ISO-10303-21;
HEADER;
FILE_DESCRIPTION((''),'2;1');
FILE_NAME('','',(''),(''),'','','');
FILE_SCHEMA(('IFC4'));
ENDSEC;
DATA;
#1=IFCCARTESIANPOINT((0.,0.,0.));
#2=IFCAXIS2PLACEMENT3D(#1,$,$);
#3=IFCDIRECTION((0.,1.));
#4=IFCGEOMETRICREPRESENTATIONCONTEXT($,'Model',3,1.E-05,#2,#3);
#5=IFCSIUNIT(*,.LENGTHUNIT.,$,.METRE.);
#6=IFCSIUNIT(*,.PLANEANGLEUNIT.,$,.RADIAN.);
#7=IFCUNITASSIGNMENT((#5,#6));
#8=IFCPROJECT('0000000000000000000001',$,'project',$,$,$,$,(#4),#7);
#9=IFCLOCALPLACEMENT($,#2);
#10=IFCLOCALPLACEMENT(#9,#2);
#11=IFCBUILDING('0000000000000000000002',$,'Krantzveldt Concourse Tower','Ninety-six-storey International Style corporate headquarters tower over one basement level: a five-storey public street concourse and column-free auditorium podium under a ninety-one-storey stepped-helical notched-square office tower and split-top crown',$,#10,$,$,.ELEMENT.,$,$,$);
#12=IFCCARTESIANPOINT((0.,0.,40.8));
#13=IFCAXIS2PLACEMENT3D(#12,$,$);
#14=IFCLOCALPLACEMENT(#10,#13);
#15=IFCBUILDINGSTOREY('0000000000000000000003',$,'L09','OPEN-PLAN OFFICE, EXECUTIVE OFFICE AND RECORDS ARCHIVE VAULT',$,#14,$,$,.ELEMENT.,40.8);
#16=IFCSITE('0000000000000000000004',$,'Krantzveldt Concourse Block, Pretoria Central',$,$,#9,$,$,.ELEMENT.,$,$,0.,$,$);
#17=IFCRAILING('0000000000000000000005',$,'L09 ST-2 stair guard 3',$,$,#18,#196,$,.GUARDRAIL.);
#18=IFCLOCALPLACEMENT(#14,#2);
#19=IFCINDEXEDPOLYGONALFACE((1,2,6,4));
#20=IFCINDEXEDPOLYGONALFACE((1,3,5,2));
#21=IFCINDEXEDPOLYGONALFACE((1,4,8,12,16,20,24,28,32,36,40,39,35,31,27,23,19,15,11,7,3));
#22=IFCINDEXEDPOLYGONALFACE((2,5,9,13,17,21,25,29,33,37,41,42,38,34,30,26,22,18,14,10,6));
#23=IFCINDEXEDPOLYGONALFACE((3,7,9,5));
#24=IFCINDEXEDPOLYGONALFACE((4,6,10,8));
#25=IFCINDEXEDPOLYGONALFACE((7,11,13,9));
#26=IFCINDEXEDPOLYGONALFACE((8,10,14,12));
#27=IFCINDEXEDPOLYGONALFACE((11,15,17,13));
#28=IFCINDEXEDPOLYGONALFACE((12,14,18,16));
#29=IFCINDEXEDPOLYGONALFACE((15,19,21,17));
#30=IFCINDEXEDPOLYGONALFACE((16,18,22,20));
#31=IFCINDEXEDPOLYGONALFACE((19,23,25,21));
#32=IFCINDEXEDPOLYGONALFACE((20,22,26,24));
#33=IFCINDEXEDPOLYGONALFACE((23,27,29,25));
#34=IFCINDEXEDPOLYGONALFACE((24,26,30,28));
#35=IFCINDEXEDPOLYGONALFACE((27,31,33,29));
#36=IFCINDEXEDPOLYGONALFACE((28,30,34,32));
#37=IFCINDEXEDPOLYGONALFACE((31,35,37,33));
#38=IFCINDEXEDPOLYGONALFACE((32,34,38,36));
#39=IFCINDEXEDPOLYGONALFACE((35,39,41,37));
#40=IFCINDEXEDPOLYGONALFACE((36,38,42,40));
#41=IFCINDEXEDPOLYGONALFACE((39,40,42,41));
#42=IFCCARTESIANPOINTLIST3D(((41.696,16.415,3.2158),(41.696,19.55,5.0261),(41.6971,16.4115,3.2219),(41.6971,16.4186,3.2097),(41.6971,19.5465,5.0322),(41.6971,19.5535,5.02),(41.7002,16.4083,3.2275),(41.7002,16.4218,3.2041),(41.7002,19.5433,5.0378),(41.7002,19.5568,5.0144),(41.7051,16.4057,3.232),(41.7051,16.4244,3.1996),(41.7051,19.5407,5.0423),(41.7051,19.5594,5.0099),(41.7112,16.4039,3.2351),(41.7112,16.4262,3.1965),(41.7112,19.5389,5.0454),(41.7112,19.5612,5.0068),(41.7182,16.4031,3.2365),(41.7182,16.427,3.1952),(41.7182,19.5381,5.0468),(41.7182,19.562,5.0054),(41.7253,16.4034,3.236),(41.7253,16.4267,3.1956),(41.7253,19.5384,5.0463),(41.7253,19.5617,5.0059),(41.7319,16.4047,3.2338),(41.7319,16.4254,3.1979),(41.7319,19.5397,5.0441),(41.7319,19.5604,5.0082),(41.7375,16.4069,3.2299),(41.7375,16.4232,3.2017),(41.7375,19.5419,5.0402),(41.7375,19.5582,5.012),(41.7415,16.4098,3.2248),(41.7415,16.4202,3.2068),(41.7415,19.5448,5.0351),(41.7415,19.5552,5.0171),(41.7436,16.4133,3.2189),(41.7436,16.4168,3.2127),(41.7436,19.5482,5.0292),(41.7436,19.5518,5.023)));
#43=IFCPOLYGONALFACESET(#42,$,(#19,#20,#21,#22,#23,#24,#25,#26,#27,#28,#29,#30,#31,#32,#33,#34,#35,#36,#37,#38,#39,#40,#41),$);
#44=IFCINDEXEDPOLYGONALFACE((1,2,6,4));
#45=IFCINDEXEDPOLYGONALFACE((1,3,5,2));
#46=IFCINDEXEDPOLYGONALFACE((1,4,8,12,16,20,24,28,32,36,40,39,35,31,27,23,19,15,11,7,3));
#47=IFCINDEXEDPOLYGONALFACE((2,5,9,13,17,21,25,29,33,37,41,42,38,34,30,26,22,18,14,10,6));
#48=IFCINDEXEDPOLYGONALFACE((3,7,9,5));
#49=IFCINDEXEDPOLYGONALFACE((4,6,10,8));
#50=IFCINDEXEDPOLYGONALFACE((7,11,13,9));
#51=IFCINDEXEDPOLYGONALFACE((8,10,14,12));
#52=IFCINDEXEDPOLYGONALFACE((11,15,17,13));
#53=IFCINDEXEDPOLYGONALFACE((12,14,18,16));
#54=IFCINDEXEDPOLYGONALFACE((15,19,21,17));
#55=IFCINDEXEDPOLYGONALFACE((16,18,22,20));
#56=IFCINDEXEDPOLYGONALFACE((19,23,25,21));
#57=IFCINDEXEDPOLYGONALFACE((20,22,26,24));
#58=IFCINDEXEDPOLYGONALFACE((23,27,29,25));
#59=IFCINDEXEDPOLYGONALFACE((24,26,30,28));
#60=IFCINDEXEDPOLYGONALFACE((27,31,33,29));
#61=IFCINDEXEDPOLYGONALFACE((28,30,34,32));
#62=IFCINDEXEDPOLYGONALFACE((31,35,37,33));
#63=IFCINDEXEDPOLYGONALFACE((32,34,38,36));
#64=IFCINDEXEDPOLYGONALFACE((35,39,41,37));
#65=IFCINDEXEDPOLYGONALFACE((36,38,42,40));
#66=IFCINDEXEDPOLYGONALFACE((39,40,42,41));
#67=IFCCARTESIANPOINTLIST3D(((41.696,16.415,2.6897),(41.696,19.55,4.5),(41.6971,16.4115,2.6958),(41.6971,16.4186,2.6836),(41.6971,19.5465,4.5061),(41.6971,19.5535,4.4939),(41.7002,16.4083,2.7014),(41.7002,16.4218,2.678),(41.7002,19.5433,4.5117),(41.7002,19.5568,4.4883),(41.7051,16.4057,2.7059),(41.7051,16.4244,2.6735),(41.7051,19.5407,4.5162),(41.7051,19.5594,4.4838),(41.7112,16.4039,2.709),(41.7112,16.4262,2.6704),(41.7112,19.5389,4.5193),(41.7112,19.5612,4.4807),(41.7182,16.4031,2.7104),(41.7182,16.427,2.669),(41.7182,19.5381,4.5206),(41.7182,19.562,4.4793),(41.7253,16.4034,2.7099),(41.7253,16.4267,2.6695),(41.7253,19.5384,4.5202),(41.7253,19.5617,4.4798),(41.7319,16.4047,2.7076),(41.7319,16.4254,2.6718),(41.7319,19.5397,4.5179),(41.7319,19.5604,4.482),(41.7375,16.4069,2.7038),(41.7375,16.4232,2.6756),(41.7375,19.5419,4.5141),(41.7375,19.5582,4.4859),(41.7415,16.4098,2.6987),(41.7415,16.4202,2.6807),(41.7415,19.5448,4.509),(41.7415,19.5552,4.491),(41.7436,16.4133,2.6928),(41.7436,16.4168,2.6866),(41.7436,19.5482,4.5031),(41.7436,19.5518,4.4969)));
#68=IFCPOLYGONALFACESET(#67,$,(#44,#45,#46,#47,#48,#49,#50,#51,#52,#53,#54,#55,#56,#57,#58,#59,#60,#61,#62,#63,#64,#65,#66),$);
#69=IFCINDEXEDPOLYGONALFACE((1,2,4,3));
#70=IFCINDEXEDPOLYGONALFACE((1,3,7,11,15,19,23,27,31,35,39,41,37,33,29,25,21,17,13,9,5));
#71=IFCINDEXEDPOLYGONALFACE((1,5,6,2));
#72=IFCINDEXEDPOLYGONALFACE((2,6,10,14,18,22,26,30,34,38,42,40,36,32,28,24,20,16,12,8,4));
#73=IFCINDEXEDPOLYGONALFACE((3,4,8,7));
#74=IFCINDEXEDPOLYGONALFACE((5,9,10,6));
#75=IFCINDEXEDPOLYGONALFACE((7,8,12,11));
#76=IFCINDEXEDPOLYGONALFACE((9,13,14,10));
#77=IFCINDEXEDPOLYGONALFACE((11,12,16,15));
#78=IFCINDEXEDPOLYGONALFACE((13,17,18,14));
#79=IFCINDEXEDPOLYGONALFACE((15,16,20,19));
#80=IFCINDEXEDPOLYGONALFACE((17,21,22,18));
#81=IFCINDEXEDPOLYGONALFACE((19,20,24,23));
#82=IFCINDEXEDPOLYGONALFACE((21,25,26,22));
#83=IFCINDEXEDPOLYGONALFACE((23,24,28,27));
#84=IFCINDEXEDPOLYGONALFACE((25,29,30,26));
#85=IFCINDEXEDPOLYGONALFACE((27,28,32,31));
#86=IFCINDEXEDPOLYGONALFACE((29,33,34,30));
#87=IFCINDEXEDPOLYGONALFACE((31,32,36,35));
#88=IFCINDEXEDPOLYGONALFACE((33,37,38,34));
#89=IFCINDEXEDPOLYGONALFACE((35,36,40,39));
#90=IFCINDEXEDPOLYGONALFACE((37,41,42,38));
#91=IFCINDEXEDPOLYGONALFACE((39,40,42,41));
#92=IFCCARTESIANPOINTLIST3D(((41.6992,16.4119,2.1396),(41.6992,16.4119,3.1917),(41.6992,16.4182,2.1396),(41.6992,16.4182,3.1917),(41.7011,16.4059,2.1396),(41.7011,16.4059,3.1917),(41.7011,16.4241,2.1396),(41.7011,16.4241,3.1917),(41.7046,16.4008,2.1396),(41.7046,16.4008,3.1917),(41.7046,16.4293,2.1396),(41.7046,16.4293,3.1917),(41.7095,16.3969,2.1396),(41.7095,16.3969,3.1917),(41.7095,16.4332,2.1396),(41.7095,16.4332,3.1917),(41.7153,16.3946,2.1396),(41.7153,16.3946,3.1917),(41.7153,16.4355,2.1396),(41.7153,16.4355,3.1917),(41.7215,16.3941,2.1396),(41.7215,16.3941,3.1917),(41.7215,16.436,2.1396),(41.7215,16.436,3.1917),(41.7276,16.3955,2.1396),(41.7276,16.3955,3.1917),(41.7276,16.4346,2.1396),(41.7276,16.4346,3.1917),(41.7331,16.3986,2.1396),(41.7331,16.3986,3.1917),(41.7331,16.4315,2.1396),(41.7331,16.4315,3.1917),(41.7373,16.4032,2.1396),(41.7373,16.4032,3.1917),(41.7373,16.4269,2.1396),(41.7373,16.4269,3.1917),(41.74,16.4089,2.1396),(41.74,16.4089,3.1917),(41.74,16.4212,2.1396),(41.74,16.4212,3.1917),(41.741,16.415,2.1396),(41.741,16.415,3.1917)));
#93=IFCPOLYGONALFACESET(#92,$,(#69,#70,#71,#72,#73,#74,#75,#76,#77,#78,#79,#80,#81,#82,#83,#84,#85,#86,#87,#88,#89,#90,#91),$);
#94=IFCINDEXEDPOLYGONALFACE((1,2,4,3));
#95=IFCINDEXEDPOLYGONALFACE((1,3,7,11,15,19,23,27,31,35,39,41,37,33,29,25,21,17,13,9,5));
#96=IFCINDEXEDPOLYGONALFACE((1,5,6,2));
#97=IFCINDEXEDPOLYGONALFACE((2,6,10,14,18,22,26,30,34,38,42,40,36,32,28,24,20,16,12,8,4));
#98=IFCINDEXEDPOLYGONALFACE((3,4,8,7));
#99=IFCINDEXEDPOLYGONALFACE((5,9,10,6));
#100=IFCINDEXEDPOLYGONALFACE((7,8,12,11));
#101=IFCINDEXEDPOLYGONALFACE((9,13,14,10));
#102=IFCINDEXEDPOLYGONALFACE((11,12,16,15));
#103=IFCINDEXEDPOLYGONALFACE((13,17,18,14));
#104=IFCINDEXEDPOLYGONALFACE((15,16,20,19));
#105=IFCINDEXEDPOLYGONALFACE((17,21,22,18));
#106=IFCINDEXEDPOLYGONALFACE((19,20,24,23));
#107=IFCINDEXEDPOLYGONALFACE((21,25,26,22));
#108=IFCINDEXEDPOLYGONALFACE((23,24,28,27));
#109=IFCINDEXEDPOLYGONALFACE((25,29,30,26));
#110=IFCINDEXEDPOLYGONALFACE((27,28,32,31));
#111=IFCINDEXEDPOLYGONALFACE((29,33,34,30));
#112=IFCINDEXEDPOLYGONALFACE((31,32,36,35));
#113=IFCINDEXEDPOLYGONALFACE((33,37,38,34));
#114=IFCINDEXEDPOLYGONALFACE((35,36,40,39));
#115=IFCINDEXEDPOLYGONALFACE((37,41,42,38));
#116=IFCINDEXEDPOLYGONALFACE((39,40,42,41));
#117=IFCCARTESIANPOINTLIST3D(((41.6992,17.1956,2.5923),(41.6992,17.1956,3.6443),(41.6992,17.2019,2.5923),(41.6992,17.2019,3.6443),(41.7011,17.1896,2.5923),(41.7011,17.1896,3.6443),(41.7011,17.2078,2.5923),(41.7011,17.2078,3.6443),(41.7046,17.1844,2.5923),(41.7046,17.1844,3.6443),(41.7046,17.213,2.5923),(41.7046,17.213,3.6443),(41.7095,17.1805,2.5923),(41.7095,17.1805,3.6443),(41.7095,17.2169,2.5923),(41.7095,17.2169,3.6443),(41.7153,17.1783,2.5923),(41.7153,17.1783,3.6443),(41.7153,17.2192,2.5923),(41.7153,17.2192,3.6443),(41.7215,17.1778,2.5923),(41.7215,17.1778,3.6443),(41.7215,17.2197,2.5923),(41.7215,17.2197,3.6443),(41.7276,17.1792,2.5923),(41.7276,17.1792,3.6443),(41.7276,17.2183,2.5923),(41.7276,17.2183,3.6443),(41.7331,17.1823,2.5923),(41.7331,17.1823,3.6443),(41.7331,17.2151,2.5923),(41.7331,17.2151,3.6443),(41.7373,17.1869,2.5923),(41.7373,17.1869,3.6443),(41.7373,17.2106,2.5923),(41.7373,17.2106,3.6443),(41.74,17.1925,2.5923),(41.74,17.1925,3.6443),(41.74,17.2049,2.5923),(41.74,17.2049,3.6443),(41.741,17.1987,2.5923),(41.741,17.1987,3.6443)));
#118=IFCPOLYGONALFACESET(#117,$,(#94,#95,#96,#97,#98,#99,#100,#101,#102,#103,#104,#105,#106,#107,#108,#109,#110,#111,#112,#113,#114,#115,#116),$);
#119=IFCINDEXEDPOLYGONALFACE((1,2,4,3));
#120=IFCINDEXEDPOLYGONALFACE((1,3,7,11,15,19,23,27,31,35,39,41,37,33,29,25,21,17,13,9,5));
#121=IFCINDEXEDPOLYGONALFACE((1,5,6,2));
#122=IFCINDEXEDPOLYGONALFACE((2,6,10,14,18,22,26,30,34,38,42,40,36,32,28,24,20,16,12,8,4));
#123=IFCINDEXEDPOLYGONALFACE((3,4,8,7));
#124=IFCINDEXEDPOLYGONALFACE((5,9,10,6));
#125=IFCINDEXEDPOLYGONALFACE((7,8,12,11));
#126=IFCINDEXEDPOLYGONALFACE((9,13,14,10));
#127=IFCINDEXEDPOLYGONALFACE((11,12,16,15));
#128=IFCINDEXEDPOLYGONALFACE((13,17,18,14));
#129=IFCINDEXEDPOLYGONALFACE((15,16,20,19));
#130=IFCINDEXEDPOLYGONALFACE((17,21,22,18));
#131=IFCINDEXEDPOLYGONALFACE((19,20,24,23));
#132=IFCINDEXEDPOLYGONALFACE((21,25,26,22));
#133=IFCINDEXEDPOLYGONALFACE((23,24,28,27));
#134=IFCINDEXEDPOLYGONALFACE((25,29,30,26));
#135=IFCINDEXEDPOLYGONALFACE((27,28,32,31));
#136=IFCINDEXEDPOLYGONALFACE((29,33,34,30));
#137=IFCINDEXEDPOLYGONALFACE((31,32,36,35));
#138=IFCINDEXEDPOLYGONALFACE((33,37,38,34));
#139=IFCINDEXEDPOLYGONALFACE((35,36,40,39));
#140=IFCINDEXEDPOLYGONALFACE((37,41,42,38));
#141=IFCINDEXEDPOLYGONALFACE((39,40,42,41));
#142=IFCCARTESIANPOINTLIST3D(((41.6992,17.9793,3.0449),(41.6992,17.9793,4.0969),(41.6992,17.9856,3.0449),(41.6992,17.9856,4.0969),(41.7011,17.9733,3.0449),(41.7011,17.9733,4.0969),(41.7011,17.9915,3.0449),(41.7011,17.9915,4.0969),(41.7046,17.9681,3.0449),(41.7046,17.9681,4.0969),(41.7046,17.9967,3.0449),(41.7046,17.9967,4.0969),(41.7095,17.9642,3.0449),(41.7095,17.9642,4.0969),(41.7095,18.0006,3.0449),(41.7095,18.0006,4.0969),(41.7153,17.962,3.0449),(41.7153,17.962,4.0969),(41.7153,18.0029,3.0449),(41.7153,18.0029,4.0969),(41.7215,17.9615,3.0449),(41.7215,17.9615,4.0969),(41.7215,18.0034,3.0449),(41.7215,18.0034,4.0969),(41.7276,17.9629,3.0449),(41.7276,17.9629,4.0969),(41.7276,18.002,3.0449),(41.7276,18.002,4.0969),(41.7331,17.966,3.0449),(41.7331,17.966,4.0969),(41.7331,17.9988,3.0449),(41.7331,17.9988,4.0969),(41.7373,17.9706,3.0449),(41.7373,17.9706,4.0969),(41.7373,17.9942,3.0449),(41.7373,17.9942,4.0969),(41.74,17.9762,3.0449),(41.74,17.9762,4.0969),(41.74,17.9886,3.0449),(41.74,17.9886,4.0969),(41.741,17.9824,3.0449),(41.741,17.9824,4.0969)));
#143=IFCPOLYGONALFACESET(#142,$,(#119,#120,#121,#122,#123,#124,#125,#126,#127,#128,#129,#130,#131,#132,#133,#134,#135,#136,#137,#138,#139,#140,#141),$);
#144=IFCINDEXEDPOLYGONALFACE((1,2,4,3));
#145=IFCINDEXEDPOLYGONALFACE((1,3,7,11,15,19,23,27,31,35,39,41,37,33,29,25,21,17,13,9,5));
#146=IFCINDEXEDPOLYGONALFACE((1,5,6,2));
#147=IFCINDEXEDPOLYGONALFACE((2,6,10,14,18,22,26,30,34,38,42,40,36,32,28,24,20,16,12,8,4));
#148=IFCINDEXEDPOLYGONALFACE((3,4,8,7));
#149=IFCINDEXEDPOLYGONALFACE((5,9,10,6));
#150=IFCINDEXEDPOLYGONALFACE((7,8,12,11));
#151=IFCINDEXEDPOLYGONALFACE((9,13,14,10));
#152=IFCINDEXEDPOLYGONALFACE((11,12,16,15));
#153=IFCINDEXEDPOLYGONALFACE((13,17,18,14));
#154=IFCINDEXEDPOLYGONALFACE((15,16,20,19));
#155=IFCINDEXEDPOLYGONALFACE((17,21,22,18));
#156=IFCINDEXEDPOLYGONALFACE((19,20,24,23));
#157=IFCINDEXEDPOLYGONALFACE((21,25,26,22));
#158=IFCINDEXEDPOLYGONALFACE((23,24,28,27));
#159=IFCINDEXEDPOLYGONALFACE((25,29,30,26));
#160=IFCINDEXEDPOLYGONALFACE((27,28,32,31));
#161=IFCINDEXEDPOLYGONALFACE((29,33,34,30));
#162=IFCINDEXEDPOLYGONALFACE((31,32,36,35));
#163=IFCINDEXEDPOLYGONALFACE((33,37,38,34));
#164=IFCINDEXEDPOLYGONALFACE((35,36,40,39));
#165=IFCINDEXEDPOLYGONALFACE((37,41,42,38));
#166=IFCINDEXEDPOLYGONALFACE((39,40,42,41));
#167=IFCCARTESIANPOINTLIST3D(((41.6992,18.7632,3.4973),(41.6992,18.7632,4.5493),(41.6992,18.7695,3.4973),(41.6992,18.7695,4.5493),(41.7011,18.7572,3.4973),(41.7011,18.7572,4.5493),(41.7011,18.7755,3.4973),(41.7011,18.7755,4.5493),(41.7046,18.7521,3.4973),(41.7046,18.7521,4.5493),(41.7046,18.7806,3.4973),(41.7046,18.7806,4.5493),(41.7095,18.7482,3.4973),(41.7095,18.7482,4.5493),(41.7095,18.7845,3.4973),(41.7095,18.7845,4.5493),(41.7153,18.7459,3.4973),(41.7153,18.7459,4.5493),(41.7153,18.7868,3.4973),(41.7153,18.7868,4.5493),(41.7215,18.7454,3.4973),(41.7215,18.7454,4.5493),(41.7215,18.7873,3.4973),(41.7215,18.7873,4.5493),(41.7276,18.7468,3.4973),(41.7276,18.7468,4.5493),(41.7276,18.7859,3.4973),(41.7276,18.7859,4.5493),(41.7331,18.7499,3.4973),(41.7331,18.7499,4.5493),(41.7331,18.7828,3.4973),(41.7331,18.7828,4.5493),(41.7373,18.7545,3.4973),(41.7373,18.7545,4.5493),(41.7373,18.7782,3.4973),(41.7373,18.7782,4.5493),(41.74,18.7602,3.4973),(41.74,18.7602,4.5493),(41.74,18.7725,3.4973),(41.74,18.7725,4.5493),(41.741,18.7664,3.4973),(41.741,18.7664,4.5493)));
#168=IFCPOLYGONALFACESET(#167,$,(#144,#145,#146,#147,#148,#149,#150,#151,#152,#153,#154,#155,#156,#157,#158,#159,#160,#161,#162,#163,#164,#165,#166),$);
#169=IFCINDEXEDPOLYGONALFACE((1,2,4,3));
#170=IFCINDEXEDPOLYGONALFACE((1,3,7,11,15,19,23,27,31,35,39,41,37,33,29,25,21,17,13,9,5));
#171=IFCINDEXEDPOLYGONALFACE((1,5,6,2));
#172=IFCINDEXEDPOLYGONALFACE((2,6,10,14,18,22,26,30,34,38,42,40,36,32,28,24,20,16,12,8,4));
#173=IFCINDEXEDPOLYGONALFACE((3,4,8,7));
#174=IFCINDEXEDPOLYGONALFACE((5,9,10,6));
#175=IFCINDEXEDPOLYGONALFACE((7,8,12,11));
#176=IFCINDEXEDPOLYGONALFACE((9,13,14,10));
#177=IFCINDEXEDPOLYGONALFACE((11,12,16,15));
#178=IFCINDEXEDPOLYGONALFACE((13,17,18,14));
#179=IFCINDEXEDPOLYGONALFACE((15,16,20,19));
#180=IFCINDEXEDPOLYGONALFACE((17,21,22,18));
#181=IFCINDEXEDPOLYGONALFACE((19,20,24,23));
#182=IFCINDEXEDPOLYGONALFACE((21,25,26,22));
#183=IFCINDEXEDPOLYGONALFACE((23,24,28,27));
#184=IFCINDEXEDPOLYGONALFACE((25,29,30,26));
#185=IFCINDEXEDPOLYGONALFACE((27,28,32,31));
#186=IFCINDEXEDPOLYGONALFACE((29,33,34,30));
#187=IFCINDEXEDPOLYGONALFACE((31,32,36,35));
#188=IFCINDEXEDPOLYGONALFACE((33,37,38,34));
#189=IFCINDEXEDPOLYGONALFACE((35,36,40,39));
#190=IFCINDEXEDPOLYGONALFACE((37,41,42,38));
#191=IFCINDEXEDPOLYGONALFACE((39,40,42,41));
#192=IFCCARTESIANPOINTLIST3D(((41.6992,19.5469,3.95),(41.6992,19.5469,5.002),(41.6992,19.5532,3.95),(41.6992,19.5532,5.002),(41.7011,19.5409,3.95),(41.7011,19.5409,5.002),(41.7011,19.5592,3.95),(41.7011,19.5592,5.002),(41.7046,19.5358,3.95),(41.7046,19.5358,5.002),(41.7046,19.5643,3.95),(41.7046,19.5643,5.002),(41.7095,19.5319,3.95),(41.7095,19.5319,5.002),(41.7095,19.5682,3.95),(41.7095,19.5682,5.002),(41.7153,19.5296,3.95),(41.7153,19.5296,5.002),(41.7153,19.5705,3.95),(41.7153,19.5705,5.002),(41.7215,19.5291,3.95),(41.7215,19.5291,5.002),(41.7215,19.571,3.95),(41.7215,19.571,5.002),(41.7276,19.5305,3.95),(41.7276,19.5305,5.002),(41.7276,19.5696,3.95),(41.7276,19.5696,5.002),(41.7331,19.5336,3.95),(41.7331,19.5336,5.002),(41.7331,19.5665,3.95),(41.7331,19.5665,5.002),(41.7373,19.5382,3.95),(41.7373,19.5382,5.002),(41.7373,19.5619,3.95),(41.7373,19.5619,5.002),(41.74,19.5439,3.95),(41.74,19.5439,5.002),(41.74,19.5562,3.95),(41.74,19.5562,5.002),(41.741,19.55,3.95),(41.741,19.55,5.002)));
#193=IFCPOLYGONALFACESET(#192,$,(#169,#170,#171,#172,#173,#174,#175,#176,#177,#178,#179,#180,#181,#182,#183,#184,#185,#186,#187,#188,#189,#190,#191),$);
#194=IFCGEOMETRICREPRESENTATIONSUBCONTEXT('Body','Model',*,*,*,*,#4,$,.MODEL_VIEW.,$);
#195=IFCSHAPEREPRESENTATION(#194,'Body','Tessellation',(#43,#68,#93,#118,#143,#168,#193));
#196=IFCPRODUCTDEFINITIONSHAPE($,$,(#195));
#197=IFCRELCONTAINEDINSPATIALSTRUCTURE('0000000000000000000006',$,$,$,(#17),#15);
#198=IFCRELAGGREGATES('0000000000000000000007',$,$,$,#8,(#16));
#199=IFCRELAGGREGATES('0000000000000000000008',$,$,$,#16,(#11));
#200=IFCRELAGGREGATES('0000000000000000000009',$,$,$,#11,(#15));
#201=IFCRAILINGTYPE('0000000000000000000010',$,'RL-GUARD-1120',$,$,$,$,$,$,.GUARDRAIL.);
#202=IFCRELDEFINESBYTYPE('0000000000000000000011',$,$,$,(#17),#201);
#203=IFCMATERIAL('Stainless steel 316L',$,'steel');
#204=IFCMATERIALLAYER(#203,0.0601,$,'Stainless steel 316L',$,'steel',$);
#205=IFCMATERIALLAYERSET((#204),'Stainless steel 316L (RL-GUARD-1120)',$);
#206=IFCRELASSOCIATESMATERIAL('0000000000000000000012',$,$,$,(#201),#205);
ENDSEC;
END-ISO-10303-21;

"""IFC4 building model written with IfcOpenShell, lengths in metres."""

from ifc_helpers import new_model, si_unit, direction, frame, origin, origin_2d, place, context, subcontext, project, spatial, circle, extrude, material, layer, layer_set, type_object, element, save


model = new_model("IFC4")

# Units and contexts
model_context = context("Model", 3, precision=1e-05, world=origin(), true_north=direction((0.0, 1.0)))
body_context = subcontext(model_context, "Body", "Model", "MODEL_VIEW")
ifc_project = project(units=[si_unit("LENGTHUNIT", "METRE"), si_unit("PLANEANGLEUNIT", "RADIAN")], contexts=[model_context])

# Site, building, storey
site_placement = place(None, origin())
site = spatial("IfcSite", under=ifc_project, at=site_placement, Name="Krantzveldt Concourse Block, Pretoria Central", CompositionType="ELEMENT", RefElevation=0.0)
building_placement = place(site_placement, origin())
building = spatial("IfcBuilding", under=site, at=building_placement, Name="Krantzveldt Concourse Tower", Description="Ninety-six-storey International Style corporate headquarters tower over one basement level: a five-storey public street concourse and column-free auditorium podium under a ninety-one-storey stepped-helical notched-square office tower and split-top crown", CompositionType="ELEMENT")
storey_placement = place(building_placement, frame((0.0, 0.0, 40.8)))
storey = spatial("IfcBuildingStorey", under=building, at=storey_placement, Name="L09", Description="OPEN-PLAN OFFICE, EXECUTIVE OFFICE AND RECORDS ARCHIVE VAULT", CompositionType="ELEMENT", Elevation=40.8)

# Shared definitions
ifc_material_1 = material(Name="Stainless steel 316L", Category="steel")

# Railing
ifc_layer_1 = layer(ifc_material_1, 0.0601, Name="Stainless steel 316L", Category="steel")
ifc_layer_set_1 = layer_set([ifc_layer_1], Name="Stainless steel 316L (RL-GUARD-1120)")
railing_type_1 = type_object("IfcRailingType", Name="RL-GUARD-1120", PredefinedType="GUARDRAIL", material=ifc_layer_set_1)
railing_1_placement = place(storey_placement, frame((41.72, 16.415, 2.1396)))
element("IfcRailing", 1, at=railing_1_placement, inside=storey, type_object=railing_type_1, Name="L09 ST-2 stair guard 3", PredefinedType="GUARDRAIL", context=body_context, shape_type="SweptSolid", body=[
    extrude(circle(Radius=0.0239, at=origin_2d()), frame((0.0, 0.0, 1.0762), z_axis=(0.0, 0.865989, 0.500063), x_axis=(-1.0, 0.0, 0.0)), (0.0, 0.0, 1.0), 3.6201),
    extrude(circle(Radius=0.0239, at=origin_2d()), frame((0.0, 0.0, 0.55), z_axis=(0.0, 0.865989, 0.500063), x_axis=(-1.0, 0.0, 0.0)), (0.0, 0.0, 1.0), 3.6201),
    extrude(circle(Radius=0.021, at=origin_2d()), origin(), (0.0, 0.0, 1.0), 1.052),
    extrude(circle(Radius=0.021, at=origin_2d()), frame((0.0, 0.7837, 0.4526)), (0.0, 0.0, 1.0), 1.052),
    extrude(circle(Radius=0.021, at=origin_2d()), frame((0.0, 1.5674, 0.9053)), (0.0, 0.0, 1.0), 1.052),
    extrude(circle(Radius=0.021, at=origin_2d()), frame((0.0, 2.3513, 1.3577)), (0.0, 0.0, 1.0), 1.052),
    extrude(circle(Radius=0.021, at=origin_2d()), frame((0.0, 3.135, 1.8103)), (0.0, 0.0, 1.0), 1.052),
])

save(model, "model.ifc")
